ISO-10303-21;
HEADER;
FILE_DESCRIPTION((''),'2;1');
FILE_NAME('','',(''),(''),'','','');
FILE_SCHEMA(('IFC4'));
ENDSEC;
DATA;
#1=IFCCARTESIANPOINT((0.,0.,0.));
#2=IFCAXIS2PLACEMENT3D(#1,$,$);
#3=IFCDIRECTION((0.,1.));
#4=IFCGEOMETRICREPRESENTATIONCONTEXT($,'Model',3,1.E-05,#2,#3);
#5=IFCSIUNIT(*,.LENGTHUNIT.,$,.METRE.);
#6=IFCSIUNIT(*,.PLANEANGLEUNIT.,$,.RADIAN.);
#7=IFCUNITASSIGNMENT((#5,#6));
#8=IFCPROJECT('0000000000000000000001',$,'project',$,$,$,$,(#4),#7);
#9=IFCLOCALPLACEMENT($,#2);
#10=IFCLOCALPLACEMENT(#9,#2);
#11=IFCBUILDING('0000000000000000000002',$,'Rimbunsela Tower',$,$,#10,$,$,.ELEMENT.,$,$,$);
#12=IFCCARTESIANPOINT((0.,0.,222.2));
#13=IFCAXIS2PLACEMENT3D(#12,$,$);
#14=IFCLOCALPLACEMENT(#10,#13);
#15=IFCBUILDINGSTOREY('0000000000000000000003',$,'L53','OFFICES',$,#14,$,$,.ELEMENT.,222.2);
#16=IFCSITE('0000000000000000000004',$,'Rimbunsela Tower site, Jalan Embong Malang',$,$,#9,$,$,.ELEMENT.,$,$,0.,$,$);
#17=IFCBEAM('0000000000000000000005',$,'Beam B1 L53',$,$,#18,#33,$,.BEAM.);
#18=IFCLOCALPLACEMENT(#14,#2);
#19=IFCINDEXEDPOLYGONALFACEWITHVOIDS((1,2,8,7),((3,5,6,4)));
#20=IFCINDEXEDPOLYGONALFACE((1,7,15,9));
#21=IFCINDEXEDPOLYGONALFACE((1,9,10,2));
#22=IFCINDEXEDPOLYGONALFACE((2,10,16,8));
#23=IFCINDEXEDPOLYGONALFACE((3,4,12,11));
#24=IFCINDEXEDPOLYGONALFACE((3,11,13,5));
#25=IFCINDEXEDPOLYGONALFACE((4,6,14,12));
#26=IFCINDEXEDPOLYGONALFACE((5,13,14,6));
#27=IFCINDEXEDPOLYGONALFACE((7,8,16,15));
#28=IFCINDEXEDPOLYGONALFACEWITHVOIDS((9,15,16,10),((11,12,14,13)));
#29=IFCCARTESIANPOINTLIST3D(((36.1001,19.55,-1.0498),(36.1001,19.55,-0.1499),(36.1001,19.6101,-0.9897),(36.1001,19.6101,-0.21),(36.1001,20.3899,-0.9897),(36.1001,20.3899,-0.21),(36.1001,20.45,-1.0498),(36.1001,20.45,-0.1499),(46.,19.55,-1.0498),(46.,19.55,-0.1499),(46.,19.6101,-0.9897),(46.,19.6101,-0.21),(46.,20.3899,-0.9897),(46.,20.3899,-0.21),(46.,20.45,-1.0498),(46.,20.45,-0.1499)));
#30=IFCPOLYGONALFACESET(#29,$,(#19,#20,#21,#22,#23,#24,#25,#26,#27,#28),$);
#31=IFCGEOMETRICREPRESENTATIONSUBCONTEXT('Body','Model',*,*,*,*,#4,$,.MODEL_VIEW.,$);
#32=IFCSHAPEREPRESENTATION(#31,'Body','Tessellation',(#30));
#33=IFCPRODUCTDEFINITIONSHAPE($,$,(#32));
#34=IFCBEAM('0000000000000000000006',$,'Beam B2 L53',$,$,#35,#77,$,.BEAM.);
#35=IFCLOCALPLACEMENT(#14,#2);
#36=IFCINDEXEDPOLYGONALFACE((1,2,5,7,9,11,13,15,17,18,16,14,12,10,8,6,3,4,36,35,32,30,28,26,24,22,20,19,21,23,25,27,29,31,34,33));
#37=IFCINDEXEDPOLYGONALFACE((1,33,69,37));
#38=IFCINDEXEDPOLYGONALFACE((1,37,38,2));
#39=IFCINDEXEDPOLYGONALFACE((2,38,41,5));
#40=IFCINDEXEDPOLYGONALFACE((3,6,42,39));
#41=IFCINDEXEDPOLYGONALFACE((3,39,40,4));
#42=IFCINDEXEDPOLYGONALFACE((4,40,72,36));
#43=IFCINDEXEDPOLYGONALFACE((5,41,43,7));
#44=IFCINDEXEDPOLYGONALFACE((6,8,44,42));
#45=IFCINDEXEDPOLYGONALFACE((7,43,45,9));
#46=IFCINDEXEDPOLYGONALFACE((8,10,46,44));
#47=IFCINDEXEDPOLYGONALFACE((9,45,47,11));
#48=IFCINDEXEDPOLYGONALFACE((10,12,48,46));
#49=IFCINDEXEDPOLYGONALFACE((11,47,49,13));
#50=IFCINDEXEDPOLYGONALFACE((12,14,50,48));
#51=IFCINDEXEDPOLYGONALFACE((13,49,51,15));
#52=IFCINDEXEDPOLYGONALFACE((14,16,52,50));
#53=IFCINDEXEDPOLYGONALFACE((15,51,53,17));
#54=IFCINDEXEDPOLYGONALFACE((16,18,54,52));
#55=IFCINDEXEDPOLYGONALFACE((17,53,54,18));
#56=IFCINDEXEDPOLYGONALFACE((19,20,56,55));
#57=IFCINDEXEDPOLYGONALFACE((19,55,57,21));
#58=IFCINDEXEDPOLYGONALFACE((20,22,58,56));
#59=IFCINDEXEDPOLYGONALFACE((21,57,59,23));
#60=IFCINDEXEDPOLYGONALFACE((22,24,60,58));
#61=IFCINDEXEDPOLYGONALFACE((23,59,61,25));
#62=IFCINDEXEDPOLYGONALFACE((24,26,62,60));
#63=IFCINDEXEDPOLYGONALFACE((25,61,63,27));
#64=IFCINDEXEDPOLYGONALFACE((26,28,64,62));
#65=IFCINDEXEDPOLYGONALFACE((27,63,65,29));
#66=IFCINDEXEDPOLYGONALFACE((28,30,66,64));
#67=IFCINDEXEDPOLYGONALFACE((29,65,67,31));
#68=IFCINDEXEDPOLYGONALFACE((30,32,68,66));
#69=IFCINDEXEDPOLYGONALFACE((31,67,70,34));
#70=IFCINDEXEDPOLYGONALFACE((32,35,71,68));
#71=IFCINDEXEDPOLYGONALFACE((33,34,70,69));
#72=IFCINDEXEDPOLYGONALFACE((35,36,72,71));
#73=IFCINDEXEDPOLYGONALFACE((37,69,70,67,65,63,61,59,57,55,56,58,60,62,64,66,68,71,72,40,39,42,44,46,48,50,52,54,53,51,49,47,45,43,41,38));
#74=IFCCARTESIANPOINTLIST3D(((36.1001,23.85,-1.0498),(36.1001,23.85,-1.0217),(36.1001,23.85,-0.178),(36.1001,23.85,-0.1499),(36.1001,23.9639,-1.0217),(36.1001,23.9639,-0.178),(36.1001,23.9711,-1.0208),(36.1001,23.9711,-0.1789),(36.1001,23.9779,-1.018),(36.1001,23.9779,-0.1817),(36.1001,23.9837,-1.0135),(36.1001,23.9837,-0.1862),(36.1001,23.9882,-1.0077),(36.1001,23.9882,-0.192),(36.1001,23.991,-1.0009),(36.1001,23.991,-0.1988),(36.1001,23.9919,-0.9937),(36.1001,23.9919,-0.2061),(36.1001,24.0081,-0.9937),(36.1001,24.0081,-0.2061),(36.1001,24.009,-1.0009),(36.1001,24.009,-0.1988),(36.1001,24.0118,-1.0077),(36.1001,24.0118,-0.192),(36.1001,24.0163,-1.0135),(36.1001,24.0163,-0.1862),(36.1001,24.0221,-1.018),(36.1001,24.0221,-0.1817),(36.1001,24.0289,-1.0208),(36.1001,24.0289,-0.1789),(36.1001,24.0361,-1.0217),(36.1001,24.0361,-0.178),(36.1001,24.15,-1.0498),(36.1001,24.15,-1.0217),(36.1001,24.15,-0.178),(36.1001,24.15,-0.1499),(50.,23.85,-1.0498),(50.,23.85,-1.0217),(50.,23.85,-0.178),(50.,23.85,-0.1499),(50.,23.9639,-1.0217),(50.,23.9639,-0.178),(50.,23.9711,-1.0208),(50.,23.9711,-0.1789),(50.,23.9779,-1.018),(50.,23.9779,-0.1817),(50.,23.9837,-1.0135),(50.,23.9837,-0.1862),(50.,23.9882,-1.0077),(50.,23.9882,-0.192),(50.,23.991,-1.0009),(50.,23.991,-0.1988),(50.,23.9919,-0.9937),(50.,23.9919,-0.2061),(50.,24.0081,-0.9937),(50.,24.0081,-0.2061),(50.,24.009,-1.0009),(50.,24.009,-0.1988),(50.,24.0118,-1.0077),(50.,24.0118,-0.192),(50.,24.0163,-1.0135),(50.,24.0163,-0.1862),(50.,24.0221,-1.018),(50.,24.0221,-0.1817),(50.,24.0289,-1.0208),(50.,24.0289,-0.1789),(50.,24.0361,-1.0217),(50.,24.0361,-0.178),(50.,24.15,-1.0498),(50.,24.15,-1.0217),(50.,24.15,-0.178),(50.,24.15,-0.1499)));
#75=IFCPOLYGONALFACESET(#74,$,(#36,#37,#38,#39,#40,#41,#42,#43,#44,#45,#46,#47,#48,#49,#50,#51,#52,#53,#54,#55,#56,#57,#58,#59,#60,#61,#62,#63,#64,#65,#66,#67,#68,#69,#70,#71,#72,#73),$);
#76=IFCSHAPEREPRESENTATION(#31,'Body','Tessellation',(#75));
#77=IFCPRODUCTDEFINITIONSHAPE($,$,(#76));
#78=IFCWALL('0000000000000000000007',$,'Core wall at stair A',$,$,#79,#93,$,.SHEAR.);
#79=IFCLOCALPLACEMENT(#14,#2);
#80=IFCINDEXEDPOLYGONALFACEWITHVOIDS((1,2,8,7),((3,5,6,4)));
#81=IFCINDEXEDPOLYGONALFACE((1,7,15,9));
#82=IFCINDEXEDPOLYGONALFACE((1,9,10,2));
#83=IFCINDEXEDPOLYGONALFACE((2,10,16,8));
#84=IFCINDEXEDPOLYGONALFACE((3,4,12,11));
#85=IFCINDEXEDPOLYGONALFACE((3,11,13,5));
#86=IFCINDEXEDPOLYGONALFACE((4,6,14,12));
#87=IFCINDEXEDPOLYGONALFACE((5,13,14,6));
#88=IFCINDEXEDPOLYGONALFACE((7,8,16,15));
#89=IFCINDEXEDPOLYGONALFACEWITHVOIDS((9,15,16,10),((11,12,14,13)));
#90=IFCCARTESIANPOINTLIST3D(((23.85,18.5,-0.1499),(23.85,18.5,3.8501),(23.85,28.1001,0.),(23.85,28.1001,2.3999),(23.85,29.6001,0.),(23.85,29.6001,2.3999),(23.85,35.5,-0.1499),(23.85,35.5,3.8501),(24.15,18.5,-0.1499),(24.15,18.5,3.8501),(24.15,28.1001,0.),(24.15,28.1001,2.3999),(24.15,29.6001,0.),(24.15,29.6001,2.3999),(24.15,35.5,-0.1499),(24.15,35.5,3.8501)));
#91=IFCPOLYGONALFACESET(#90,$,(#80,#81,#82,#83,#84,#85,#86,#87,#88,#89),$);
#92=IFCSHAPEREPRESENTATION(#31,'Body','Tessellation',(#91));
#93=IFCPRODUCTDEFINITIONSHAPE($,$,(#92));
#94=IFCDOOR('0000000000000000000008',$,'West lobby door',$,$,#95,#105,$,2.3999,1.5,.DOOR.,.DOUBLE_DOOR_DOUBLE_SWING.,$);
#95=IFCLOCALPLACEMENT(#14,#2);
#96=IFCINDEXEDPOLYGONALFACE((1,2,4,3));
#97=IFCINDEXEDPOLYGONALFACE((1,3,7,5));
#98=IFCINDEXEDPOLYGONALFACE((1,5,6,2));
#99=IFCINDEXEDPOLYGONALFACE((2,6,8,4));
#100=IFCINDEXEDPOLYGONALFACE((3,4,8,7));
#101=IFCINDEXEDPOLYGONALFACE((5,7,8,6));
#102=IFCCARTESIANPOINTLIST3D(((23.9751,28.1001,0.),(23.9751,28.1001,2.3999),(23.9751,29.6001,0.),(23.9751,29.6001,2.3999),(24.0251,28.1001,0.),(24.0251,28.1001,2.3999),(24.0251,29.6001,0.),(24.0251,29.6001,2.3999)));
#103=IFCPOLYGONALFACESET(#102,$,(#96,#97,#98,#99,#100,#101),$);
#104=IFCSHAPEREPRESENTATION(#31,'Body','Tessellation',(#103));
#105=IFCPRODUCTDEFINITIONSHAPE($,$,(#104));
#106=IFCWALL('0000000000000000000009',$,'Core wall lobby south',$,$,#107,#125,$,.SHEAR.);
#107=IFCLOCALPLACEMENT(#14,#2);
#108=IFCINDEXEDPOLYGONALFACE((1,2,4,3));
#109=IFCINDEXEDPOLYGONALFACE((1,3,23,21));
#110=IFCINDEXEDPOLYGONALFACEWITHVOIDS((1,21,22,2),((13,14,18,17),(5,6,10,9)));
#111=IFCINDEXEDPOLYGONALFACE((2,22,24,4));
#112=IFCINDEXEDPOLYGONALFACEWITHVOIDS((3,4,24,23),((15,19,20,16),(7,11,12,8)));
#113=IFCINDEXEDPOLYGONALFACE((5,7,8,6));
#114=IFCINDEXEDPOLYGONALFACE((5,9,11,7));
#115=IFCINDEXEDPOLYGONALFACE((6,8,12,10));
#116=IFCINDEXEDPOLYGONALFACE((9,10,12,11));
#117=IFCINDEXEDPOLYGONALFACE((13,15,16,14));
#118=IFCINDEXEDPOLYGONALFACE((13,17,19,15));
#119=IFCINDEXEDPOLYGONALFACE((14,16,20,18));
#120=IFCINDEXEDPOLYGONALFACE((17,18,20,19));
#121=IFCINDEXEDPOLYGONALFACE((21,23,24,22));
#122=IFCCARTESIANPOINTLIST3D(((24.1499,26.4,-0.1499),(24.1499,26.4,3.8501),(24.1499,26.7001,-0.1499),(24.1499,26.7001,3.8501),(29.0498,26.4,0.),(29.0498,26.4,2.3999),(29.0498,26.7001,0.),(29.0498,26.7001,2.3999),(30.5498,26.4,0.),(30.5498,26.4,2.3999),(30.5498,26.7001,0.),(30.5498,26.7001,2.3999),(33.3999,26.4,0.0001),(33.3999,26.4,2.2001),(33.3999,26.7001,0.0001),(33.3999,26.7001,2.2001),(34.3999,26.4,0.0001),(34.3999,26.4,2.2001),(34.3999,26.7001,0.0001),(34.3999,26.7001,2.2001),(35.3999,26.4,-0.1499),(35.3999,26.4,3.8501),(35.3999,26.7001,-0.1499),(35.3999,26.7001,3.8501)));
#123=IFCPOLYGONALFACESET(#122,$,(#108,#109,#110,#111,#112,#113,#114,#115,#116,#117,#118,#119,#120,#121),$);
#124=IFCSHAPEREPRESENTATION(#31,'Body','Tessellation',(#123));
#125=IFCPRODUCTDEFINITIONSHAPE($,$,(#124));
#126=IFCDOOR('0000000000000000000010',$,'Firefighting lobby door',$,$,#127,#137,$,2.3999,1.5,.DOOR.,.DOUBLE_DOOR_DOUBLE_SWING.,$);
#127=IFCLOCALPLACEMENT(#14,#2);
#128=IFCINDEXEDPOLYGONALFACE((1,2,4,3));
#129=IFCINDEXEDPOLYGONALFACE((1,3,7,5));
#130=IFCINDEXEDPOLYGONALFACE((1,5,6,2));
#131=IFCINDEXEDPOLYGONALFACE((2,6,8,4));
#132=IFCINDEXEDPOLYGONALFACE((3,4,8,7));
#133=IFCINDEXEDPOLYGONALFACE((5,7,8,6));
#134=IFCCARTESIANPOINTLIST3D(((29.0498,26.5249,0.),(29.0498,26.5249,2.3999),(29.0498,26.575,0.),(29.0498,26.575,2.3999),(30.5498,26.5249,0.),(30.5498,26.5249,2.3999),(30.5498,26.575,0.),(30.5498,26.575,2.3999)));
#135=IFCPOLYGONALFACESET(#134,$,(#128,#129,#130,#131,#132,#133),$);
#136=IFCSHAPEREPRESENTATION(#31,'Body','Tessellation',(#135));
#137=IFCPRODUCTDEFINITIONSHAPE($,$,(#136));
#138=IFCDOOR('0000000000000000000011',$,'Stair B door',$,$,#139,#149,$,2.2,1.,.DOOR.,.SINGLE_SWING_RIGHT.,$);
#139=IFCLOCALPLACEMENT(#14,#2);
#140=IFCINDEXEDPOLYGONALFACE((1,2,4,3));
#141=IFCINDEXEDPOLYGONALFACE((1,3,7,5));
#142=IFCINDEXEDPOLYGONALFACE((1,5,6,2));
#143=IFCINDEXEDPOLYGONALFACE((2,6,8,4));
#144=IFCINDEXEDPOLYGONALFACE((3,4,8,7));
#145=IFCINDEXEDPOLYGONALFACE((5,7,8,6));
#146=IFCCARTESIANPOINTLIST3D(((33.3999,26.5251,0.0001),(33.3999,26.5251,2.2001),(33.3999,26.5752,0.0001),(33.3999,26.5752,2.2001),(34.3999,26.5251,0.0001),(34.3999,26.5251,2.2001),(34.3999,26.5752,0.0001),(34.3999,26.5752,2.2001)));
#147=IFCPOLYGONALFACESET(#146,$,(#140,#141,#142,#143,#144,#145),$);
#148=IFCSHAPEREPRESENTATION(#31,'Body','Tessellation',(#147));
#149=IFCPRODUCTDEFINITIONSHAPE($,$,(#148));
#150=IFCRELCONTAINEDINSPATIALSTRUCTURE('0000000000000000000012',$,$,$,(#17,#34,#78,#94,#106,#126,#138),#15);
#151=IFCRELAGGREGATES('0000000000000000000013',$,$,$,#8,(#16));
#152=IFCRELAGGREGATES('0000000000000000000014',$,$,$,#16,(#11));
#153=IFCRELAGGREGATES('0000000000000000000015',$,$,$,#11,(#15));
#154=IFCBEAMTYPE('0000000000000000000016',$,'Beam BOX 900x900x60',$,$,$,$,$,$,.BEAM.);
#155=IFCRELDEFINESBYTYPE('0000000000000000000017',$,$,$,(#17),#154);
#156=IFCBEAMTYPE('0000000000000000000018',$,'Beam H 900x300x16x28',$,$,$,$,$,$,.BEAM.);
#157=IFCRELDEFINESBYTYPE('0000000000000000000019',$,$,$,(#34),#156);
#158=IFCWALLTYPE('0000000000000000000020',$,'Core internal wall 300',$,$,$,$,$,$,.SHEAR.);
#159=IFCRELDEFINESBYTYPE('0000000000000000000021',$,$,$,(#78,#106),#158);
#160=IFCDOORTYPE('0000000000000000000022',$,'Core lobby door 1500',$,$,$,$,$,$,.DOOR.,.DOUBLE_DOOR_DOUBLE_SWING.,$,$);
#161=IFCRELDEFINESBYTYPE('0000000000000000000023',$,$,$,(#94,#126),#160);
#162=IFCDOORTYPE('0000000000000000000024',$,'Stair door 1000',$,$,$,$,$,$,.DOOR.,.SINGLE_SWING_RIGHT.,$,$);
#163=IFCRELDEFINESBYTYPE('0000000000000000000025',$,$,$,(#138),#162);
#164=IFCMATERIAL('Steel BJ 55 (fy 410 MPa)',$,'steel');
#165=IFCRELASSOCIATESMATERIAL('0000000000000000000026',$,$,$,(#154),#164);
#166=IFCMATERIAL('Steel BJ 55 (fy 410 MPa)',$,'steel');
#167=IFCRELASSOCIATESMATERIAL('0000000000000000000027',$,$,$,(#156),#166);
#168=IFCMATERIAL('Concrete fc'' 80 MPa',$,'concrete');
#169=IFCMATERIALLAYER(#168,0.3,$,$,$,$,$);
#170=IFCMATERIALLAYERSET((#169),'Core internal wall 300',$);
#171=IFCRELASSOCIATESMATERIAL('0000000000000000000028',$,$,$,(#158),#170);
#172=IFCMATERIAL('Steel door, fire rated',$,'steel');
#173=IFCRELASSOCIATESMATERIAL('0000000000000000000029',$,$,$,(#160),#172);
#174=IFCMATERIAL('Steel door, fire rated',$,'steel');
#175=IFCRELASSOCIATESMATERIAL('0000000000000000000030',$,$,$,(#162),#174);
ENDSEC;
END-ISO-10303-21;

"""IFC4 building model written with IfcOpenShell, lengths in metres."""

from ifc_helpers import new_model, si_unit, direction, frame, frame_2d, origin, origin_2d, place, context, subcontext, project, spatial, rectangle, hollow_rectangle, i_section, extrude, material, layer, layer_set, material_profile, profile_set, type_object, element, fill, save


model = new_model("IFC4")

# Units and contexts
model_context = context("Model", 3, precision=1e-05, world=origin(), true_north=direction((0.0, 1.0)))
body_context = subcontext(model_context, "Body", "Model", "MODEL_VIEW")
ifc_project = project(units=[si_unit("LENGTHUNIT", "METRE"), si_unit("PLANEANGLEUNIT", "RADIAN")], contexts=[model_context])

# Site, building, storey
site_placement = place(None, origin())
site = spatial("IfcSite", under=ifc_project, at=site_placement, Name="Rimbunsela Tower site, Jalan Embong Malang", CompositionType="ELEMENT", RefElevation=0.0)
building_placement = place(site_placement, origin())
building = spatial("IfcBuilding", under=site, at=building_placement, Name="Rimbunsela Tower", CompositionType="ELEMENT")
storey_placement = place(building_placement, frame((0.0, 0.0, 222.2)))
storey = spatial("IfcBuildingStorey", under=building, at=storey_placement, Name="L53", Description="OFFICES", CompositionType="ELEMENT", Elevation=222.2)

# Beams
ifc_material_1 = material(Name="Steel BJ 55 (fy 410 MPa)", Category="steel")
ifc_material_profile_1 = material_profile(ifc_material_1, hollow_rectangle(XDim=0.8999, YDim=0.8999, WallThickness=0.0601, at=origin_2d()), Name="BOX 900x900x60")
ifc_profile_set_1 = profile_set([ifc_material_profile_1], Name="Steel BJ 55 (fy 410 MPa)")
beam_type_1 = type_object("IfcBeamType", Name="Beam BOX 900x900x60", PredefinedType="BEAM", material=ifc_profile_set_1)
beam_1_placement = place(storey_placement, frame((36.1001, 20.0, -0.5999), z_axis=(1.0, 0.0, 0.0), x_axis=(0.0, 1.0, 0.0)))
element("IfcBeam", 1, at=beam_1_placement, inside=storey, type_object=beam_type_1, Name="Beam B1 L53", PredefinedType="BEAM", context=body_context, shape_type="SweptSolid", body=[
    extrude(hollow_rectangle(XDim=0.8999, YDim=0.8999, WallThickness=0.0601, at=origin_2d()), origin(), (0.0, 0.0, 1.0), 9.8999),
])
ifc_material_2 = material(Name="Steel BJ 55 (fy 410 MPa)", Category="steel")
ifc_material_profile_2 = material_profile(ifc_material_2, i_section(OverallWidth=0.3, OverallDepth=0.8999, WebThickness=0.0161, FlangeThickness=0.0281, FilletRadius=0.0281, at=origin_2d()), Name="H 900x300x16x28")
ifc_profile_set_2 = profile_set([ifc_material_profile_2], Name="Steel BJ 55 (fy 410 MPa)")
beam_type_2 = type_object("IfcBeamType", Name="Beam H 900x300x16x28", PredefinedType="BEAM", material=ifc_profile_set_2)
beam_2_placement = place(storey_placement, frame((36.1001, 24.0, -0.5999), z_axis=(1.0, 0.0, 0.0), x_axis=(0.0, 1.0, 0.0)))
element("IfcBeam", 2, at=beam_2_placement, inside=storey, type_object=beam_type_2, Name="Beam B2 L53", PredefinedType="BEAM", context=body_context, shape_type="SweptSolid", body=[
    extrude(i_section(OverallWidth=0.3, OverallDepth=0.8999, WebThickness=0.0161, FlangeThickness=0.0281, FilletRadius=0.0281, at=origin_2d()), origin(), (0.0, 0.0, 1.0), 13.8999),
])

# Wall, opening, door
ifc_material_3 = material(Name="Concrete fc' 80 MPa", Category="concrete")
ifc_layer_1 = layer(ifc_material_3, 0.3)
ifc_layer_set_1 = layer_set([ifc_layer_1], Name="Core internal wall 300")
wall_type_1 = type_object("IfcWallType", Name="Core internal wall 300", PredefinedType="SHEAR", material=ifc_layer_set_1)
wall_1_placement = place(storey_placement, frame((24.0, 18.5, -0.1499), z_axis=(0.0, 0.0, 1.0), x_axis=(0.0, 1.0, 0.0)))
wall_1 = element("IfcWall", 3, at=wall_1_placement, inside=storey, type_object=wall_type_1, Name="Core wall at stair A", PredefinedType="SHEAR", context=body_context, shape_type="SweptSolid", body=[
    extrude(rectangle(XDim=17.0, YDim=0.3, at=frame_2d((8.5, 0.0))), origin(), (0.0, 0.0, 1.0), 4.0),
])
opening_1_placement = place(wall_1_placement, frame((9.6001, 0.0, 0.1499)))
opening_1 = element("IfcOpeningElement", 4, at=opening_1_placement, cuts=wall_1, PredefinedType="OPENING", context=body_context, shape_type="SweptSolid", body=[
    extrude(rectangle(XDim=1.5, YDim=2.3999, at=frame_2d((0.75, 1.2))), frame((0.0, 0.1599, 0.0), z_axis=(0.0, -1.0, 0.0), x_axis=(1.0, 0.0, 0.0)), (0.0, 0.0, 1.0), 0.3201),
])
ifc_material_4 = material(Name="Steel door, fire rated", Category="steel")
door_type_1 = type_object("IfcDoorType", Name="Core lobby door 1500", OperationType="DOUBLE_DOOR_DOUBLE_SWING", PredefinedType="DOOR", material=ifc_material_4)
door_1_placement = place(opening_1_placement, origin())
door_1 = element("IfcDoor", 5, at=door_1_placement, inside=storey, type_object=door_type_1, Name="West lobby door", OperationType="DOUBLE_DOOR_DOUBLE_SWING", OverallHeight=2.3999, OverallWidth=1.5, PredefinedType="DOOR", context=body_context, shape_type="SweptSolid", body=[
    extrude(rectangle(XDim=1.5, YDim=2.3999, at=frame_2d((0.75, 1.2))), frame((0.0, 0.0249, 0.0), z_axis=(0.0, -1.0, 0.0), x_axis=(1.0, 0.0, 0.0)), (0.0, 0.0, 1.0), 0.05),
])
fill(opening_1, door_1)

# Wall, openings, doors
wall_2_placement = place(storey_placement, frame((24.1499, 26.55, -0.1499), z_axis=(0.0, 0.0, 1.0), x_axis=(1.0, 0.0, 0.0)))
wall_2 = element("IfcWall", 6, at=wall_2_placement, inside=storey, type_object=wall_type_1, Name="Core wall lobby south", PredefinedType="SHEAR", context=body_context, shape_type="SweptSolid", body=[
    extrude(rectangle(XDim=11.25, YDim=0.3, at=frame_2d((5.625, 0.0))), origin(), (0.0, 0.0, 1.0), 4.0),
])
opening_2_placement = place(wall_2_placement, frame((9.25, 0.0, 0.1499)))
opening_2 = element("IfcOpeningElement", 7, at=opening_2_placement, cuts=wall_2, PredefinedType="OPENING", context=body_context, shape_type="SweptSolid", body=[
    extrude(rectangle(XDim=1.0, YDim=2.2, at=frame_2d((0.5, 1.1001))), frame((0.0, 0.1599, 0.0), z_axis=(0.0, -1.0, 0.0), x_axis=(1.0, 0.0, 0.0)), (0.0, 0.0, 1.0), 0.3201),
])
opening_3_placement = place(wall_2_placement, frame((4.8999, 0.0, 0.1499)))
opening_3 = element("IfcOpeningElement", 8, at=opening_3_placement, cuts=wall_2, PredefinedType="OPENING", context=body_context, shape_type="SweptSolid", body=[
    extrude(rectangle(XDim=1.5, YDim=2.3999, at=frame_2d((0.75, 1.2))), frame((0.0, 0.1599, 0.0), z_axis=(0.0, -1.0, 0.0), x_axis=(1.0, 0.0, 0.0)), (0.0, 0.0, 1.0), 0.3201),
])
door_2_placement = place(opening_3_placement, origin())
door_2 = element("IfcDoor", 9, at=door_2_placement, inside=storey, type_object=door_type_1, Name="Firefighting lobby door", OperationType="DOUBLE_DOOR_DOUBLE_SWING", OverallHeight=2.3999, OverallWidth=1.5, PredefinedType="DOOR", context=body_context, shape_type="SweptSolid", body=[
    extrude(rectangle(XDim=1.5, YDim=2.3999, at=frame_2d((0.75, 1.2))), frame((0.0, 0.0249, 0.0), z_axis=(0.0, -1.0, 0.0), x_axis=(1.0, 0.0, 0.0)), (0.0, 0.0, 1.0), 0.05),
])
fill(opening_3, door_2)
ifc_material_5 = material(Name="Steel door, fire rated", Category="steel")
door_type_2 = type_object("IfcDoorType", Name="Stair door 1000", OperationType="SINGLE_SWING_RIGHT", PredefinedType="DOOR", material=ifc_material_5)
door_3_placement = place(opening_2_placement, frame((1.0, 0.0, 0.0), z_axis=(0.0, 0.0, 1.0), x_axis=(-1.0, 0.0, 0.0)))
door_3 = element("IfcDoor", 10, at=door_3_placement, inside=storey, type_object=door_type_2, Name="Stair B door", OperationType="SINGLE_SWING_RIGHT", OverallHeight=2.2, OverallWidth=1.0, PredefinedType="DOOR", context=body_context, shape_type="SweptSolid", body=[
    extrude(rectangle(XDim=1.0, YDim=2.2, at=frame_2d((0.5, 1.1001))), frame((0.0, 0.0249, 0.0), z_axis=(0.0, -1.0, 0.0), x_axis=(1.0, 0.0, 0.0)), (0.0, 0.0, 1.0), 0.05),
])
fill(opening_2, door_3)

save(model, "model.ifc")
